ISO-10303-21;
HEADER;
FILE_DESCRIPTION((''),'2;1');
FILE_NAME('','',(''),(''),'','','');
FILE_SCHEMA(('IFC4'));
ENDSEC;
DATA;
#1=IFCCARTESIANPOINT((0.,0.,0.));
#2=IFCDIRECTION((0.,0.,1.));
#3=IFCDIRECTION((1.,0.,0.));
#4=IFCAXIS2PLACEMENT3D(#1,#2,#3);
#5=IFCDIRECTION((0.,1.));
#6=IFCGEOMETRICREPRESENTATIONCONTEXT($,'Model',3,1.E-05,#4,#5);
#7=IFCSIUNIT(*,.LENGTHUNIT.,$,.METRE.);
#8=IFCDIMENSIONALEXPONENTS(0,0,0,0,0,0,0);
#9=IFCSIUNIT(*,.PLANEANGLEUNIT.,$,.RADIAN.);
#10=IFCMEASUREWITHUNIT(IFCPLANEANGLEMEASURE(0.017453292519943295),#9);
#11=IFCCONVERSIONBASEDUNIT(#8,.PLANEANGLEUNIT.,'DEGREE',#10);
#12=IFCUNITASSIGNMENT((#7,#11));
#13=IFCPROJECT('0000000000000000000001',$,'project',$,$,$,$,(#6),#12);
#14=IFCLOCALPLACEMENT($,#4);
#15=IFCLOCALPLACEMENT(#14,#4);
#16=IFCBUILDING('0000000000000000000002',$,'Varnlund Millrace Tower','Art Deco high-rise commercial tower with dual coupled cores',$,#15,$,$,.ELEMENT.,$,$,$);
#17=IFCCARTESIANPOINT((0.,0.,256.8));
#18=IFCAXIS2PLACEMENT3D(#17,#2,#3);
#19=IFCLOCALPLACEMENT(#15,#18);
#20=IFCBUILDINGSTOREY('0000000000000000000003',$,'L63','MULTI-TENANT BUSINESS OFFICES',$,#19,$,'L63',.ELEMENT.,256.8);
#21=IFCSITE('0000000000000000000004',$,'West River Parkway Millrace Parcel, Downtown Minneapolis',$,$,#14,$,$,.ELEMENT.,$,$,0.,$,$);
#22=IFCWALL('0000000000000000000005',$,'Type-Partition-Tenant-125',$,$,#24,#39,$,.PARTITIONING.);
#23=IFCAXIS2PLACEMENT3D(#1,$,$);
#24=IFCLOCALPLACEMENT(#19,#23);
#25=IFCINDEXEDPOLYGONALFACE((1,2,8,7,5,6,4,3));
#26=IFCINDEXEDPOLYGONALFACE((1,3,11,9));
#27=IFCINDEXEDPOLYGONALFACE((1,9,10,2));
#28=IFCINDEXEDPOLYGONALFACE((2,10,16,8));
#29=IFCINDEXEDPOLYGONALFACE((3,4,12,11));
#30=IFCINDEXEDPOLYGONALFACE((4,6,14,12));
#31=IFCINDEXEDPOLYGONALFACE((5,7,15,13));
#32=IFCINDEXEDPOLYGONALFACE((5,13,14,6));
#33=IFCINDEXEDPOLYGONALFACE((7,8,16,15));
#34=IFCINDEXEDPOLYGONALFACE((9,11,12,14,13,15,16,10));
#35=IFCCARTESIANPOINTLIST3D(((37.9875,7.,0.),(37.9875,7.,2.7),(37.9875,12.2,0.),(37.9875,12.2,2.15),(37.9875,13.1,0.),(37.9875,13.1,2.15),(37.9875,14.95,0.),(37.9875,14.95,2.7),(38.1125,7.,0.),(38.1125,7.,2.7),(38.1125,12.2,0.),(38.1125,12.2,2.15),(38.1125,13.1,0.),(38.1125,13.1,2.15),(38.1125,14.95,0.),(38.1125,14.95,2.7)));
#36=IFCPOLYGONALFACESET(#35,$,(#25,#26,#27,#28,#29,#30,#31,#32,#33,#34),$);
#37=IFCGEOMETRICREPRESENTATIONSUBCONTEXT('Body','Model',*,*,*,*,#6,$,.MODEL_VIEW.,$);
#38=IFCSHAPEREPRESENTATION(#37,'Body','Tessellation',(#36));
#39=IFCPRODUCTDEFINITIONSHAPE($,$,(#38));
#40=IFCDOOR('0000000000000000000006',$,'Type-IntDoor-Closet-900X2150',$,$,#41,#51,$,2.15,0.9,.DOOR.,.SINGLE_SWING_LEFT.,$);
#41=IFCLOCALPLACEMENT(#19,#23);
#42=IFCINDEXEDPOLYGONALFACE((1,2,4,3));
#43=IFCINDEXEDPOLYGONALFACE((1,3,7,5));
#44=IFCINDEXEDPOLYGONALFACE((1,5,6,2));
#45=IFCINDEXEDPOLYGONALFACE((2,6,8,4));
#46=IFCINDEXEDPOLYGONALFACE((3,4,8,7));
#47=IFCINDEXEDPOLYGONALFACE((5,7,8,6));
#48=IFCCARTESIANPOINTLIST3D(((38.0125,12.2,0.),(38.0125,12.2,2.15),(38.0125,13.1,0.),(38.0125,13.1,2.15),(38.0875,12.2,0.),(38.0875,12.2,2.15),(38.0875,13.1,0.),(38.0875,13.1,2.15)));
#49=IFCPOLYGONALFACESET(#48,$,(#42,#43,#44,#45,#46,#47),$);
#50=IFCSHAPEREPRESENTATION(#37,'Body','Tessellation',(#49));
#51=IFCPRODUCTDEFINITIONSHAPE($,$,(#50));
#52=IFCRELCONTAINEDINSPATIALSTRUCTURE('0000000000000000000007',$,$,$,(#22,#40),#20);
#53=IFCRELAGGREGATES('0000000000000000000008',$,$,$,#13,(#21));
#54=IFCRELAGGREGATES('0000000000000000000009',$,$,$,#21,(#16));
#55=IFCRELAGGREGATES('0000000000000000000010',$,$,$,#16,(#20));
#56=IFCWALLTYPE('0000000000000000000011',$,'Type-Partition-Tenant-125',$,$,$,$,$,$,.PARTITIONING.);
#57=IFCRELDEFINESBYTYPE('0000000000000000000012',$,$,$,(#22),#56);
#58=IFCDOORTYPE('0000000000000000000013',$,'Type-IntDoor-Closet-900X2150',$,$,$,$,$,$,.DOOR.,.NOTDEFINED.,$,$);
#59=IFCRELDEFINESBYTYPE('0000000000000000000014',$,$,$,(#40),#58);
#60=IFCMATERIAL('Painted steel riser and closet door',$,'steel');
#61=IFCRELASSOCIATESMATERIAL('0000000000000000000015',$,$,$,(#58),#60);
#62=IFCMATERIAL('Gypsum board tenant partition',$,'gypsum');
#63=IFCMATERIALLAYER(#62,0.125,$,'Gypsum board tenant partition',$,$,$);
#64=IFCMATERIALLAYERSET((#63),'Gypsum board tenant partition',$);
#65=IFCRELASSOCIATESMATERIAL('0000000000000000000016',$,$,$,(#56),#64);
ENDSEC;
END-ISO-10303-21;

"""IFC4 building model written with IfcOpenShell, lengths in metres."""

from ifc_helpers import new_model, entity, si_unit, converted_unit, direction, frame, origin_with_axes, origin_2d_with_axis, place, context, subcontext, project, spatial, polyline, rectangle, outline, extrude, material, layer, layer_set, type_object, element, fill, save


model = new_model("IFC4")

# Units and contexts
model_context = context("Model", 3, precision=1e-05, world=origin_with_axes(), true_north=direction((0.0, 1.0)))
body_context = subcontext(model_context, "Body", "Model", "MODEL_VIEW")
ifc_project = project(units=[si_unit("LENGTHUNIT", "METRE"), converted_unit("PLANEANGLEUNIT", "DEGREE", entity("IfcPlaneAngleMeasure", 0.017453292519943295), si_unit("PLANEANGLEUNIT", "RADIAN"), dimensions=[0, 0, 0, 0, 0, 0, 0])], contexts=[model_context])

# Site, building, storey
site_placement = place(None, origin_with_axes())
site = spatial("IfcSite", under=ifc_project, at=site_placement, Name="West River Parkway Millrace Parcel, Downtown Minneapolis", CompositionType="ELEMENT", RefElevation=0.0)
building_placement = place(site_placement, origin_with_axes())
building = spatial("IfcBuilding", under=site, at=building_placement, Name="Varnlund Millrace Tower", Description="Art Deco high-rise commercial tower with dual coupled cores", CompositionType="ELEMENT")
storey_placement = place(building_placement, frame((0.0, 0.0, 256.8), z_axis=(0.0, 0.0, 1.0), x_axis=(1.0, 0.0, 0.0)))
storey = spatial("IfcBuildingStorey", under=building, at=storey_placement, Name="L63", Description="MULTI-TENANT BUSINESS OFFICES", LongName="L63", CompositionType="ELEMENT", Elevation=256.8)

# Shared definitions
ifc_material_1 = material(Name="Painted steel riser and closet door", Category="steel")
door_type = type_object("IfcDoorType", Name="Type-IntDoor-Closet-900X2150", OperationType="NOTDEFINED", PredefinedType="DOOR", material=ifc_material_1)

# Shared definitions
ifc_material_2 = material(Name="Gypsum board tenant partition", Category="gypsum")
ifc_layer_1 = layer(ifc_material_2, 0.125, Name="Gypsum board tenant partition")
ifc_layer_set_1 = layer_set([ifc_layer_1], Name="Gypsum board tenant partition")
wall_type_1 = type_object("IfcWallType", Name="Type-Partition-Tenant-125", PredefinedType="PARTITIONING", material=ifc_layer_set_1)

# Wall, opening, door
wall_1_placement = place(storey_placement, frame((38.05, 7.0, 0.0), z_axis=(0.0, 0.0, 1.0), x_axis=(0.0, 1.0, 0.0)))
wall_1 = element("IfcWall", 1, at=wall_1_placement, inside=storey, type_object=wall_type_1, Name="Type-Partition-Tenant-125", PredefinedType="PARTITIONING", context=body_context, shape_type="SweptSolid", body=[
    extrude(outline(polyline([(0.0, -0.0625), (7.95, -0.0625), (7.95, 0.0625), (0.0, 0.0625), (0.0, -0.0625)])), origin_with_axes(), (0.0, 0.0, 1.0), 2.7),
])
opening_1_placement = place(wall_1_placement, frame((5.65, 0.0, 0.0), z_axis=(0.0, 0.0, 1.0), x_axis=(1.0, 0.0, 0.0)))
opening_1 = element("IfcOpeningElement", 2, at=opening_1_placement, cuts=wall_1, PredefinedType="OPENING", context=body_context, shape_type="SweptSolid", body=[
    extrude(rectangle(XDim=0.9, YDim=0.145, at=origin_2d_with_axis()), origin_with_axes(), (0.0, 0.0, 1.0), 2.15),
])
door_1_placement = place(wall_1_placement, frame((5.65, 0.0, 0.0), z_axis=(0.0, 0.0, 1.0), x_axis=(1.0, 0.0, 0.0)))
door_1 = element("IfcDoor", 3, at=door_1_placement, inside=storey, type_object=door_type, Name="Type-IntDoor-Closet-900X2150", OperationType="SINGLE_SWING_LEFT", OverallHeight=2.15, OverallWidth=0.9, PredefinedType="DOOR", context=body_context, shape_type="SweptSolid", body=[
    extrude(rectangle(XDim=0.9, YDim=0.075, at=origin_2d_with_axis()), origin_with_axes(), (0.0, 0.0, 1.0), 2.15),
])
fill(opening_1, door_1)

save(model, "model.ifc")
